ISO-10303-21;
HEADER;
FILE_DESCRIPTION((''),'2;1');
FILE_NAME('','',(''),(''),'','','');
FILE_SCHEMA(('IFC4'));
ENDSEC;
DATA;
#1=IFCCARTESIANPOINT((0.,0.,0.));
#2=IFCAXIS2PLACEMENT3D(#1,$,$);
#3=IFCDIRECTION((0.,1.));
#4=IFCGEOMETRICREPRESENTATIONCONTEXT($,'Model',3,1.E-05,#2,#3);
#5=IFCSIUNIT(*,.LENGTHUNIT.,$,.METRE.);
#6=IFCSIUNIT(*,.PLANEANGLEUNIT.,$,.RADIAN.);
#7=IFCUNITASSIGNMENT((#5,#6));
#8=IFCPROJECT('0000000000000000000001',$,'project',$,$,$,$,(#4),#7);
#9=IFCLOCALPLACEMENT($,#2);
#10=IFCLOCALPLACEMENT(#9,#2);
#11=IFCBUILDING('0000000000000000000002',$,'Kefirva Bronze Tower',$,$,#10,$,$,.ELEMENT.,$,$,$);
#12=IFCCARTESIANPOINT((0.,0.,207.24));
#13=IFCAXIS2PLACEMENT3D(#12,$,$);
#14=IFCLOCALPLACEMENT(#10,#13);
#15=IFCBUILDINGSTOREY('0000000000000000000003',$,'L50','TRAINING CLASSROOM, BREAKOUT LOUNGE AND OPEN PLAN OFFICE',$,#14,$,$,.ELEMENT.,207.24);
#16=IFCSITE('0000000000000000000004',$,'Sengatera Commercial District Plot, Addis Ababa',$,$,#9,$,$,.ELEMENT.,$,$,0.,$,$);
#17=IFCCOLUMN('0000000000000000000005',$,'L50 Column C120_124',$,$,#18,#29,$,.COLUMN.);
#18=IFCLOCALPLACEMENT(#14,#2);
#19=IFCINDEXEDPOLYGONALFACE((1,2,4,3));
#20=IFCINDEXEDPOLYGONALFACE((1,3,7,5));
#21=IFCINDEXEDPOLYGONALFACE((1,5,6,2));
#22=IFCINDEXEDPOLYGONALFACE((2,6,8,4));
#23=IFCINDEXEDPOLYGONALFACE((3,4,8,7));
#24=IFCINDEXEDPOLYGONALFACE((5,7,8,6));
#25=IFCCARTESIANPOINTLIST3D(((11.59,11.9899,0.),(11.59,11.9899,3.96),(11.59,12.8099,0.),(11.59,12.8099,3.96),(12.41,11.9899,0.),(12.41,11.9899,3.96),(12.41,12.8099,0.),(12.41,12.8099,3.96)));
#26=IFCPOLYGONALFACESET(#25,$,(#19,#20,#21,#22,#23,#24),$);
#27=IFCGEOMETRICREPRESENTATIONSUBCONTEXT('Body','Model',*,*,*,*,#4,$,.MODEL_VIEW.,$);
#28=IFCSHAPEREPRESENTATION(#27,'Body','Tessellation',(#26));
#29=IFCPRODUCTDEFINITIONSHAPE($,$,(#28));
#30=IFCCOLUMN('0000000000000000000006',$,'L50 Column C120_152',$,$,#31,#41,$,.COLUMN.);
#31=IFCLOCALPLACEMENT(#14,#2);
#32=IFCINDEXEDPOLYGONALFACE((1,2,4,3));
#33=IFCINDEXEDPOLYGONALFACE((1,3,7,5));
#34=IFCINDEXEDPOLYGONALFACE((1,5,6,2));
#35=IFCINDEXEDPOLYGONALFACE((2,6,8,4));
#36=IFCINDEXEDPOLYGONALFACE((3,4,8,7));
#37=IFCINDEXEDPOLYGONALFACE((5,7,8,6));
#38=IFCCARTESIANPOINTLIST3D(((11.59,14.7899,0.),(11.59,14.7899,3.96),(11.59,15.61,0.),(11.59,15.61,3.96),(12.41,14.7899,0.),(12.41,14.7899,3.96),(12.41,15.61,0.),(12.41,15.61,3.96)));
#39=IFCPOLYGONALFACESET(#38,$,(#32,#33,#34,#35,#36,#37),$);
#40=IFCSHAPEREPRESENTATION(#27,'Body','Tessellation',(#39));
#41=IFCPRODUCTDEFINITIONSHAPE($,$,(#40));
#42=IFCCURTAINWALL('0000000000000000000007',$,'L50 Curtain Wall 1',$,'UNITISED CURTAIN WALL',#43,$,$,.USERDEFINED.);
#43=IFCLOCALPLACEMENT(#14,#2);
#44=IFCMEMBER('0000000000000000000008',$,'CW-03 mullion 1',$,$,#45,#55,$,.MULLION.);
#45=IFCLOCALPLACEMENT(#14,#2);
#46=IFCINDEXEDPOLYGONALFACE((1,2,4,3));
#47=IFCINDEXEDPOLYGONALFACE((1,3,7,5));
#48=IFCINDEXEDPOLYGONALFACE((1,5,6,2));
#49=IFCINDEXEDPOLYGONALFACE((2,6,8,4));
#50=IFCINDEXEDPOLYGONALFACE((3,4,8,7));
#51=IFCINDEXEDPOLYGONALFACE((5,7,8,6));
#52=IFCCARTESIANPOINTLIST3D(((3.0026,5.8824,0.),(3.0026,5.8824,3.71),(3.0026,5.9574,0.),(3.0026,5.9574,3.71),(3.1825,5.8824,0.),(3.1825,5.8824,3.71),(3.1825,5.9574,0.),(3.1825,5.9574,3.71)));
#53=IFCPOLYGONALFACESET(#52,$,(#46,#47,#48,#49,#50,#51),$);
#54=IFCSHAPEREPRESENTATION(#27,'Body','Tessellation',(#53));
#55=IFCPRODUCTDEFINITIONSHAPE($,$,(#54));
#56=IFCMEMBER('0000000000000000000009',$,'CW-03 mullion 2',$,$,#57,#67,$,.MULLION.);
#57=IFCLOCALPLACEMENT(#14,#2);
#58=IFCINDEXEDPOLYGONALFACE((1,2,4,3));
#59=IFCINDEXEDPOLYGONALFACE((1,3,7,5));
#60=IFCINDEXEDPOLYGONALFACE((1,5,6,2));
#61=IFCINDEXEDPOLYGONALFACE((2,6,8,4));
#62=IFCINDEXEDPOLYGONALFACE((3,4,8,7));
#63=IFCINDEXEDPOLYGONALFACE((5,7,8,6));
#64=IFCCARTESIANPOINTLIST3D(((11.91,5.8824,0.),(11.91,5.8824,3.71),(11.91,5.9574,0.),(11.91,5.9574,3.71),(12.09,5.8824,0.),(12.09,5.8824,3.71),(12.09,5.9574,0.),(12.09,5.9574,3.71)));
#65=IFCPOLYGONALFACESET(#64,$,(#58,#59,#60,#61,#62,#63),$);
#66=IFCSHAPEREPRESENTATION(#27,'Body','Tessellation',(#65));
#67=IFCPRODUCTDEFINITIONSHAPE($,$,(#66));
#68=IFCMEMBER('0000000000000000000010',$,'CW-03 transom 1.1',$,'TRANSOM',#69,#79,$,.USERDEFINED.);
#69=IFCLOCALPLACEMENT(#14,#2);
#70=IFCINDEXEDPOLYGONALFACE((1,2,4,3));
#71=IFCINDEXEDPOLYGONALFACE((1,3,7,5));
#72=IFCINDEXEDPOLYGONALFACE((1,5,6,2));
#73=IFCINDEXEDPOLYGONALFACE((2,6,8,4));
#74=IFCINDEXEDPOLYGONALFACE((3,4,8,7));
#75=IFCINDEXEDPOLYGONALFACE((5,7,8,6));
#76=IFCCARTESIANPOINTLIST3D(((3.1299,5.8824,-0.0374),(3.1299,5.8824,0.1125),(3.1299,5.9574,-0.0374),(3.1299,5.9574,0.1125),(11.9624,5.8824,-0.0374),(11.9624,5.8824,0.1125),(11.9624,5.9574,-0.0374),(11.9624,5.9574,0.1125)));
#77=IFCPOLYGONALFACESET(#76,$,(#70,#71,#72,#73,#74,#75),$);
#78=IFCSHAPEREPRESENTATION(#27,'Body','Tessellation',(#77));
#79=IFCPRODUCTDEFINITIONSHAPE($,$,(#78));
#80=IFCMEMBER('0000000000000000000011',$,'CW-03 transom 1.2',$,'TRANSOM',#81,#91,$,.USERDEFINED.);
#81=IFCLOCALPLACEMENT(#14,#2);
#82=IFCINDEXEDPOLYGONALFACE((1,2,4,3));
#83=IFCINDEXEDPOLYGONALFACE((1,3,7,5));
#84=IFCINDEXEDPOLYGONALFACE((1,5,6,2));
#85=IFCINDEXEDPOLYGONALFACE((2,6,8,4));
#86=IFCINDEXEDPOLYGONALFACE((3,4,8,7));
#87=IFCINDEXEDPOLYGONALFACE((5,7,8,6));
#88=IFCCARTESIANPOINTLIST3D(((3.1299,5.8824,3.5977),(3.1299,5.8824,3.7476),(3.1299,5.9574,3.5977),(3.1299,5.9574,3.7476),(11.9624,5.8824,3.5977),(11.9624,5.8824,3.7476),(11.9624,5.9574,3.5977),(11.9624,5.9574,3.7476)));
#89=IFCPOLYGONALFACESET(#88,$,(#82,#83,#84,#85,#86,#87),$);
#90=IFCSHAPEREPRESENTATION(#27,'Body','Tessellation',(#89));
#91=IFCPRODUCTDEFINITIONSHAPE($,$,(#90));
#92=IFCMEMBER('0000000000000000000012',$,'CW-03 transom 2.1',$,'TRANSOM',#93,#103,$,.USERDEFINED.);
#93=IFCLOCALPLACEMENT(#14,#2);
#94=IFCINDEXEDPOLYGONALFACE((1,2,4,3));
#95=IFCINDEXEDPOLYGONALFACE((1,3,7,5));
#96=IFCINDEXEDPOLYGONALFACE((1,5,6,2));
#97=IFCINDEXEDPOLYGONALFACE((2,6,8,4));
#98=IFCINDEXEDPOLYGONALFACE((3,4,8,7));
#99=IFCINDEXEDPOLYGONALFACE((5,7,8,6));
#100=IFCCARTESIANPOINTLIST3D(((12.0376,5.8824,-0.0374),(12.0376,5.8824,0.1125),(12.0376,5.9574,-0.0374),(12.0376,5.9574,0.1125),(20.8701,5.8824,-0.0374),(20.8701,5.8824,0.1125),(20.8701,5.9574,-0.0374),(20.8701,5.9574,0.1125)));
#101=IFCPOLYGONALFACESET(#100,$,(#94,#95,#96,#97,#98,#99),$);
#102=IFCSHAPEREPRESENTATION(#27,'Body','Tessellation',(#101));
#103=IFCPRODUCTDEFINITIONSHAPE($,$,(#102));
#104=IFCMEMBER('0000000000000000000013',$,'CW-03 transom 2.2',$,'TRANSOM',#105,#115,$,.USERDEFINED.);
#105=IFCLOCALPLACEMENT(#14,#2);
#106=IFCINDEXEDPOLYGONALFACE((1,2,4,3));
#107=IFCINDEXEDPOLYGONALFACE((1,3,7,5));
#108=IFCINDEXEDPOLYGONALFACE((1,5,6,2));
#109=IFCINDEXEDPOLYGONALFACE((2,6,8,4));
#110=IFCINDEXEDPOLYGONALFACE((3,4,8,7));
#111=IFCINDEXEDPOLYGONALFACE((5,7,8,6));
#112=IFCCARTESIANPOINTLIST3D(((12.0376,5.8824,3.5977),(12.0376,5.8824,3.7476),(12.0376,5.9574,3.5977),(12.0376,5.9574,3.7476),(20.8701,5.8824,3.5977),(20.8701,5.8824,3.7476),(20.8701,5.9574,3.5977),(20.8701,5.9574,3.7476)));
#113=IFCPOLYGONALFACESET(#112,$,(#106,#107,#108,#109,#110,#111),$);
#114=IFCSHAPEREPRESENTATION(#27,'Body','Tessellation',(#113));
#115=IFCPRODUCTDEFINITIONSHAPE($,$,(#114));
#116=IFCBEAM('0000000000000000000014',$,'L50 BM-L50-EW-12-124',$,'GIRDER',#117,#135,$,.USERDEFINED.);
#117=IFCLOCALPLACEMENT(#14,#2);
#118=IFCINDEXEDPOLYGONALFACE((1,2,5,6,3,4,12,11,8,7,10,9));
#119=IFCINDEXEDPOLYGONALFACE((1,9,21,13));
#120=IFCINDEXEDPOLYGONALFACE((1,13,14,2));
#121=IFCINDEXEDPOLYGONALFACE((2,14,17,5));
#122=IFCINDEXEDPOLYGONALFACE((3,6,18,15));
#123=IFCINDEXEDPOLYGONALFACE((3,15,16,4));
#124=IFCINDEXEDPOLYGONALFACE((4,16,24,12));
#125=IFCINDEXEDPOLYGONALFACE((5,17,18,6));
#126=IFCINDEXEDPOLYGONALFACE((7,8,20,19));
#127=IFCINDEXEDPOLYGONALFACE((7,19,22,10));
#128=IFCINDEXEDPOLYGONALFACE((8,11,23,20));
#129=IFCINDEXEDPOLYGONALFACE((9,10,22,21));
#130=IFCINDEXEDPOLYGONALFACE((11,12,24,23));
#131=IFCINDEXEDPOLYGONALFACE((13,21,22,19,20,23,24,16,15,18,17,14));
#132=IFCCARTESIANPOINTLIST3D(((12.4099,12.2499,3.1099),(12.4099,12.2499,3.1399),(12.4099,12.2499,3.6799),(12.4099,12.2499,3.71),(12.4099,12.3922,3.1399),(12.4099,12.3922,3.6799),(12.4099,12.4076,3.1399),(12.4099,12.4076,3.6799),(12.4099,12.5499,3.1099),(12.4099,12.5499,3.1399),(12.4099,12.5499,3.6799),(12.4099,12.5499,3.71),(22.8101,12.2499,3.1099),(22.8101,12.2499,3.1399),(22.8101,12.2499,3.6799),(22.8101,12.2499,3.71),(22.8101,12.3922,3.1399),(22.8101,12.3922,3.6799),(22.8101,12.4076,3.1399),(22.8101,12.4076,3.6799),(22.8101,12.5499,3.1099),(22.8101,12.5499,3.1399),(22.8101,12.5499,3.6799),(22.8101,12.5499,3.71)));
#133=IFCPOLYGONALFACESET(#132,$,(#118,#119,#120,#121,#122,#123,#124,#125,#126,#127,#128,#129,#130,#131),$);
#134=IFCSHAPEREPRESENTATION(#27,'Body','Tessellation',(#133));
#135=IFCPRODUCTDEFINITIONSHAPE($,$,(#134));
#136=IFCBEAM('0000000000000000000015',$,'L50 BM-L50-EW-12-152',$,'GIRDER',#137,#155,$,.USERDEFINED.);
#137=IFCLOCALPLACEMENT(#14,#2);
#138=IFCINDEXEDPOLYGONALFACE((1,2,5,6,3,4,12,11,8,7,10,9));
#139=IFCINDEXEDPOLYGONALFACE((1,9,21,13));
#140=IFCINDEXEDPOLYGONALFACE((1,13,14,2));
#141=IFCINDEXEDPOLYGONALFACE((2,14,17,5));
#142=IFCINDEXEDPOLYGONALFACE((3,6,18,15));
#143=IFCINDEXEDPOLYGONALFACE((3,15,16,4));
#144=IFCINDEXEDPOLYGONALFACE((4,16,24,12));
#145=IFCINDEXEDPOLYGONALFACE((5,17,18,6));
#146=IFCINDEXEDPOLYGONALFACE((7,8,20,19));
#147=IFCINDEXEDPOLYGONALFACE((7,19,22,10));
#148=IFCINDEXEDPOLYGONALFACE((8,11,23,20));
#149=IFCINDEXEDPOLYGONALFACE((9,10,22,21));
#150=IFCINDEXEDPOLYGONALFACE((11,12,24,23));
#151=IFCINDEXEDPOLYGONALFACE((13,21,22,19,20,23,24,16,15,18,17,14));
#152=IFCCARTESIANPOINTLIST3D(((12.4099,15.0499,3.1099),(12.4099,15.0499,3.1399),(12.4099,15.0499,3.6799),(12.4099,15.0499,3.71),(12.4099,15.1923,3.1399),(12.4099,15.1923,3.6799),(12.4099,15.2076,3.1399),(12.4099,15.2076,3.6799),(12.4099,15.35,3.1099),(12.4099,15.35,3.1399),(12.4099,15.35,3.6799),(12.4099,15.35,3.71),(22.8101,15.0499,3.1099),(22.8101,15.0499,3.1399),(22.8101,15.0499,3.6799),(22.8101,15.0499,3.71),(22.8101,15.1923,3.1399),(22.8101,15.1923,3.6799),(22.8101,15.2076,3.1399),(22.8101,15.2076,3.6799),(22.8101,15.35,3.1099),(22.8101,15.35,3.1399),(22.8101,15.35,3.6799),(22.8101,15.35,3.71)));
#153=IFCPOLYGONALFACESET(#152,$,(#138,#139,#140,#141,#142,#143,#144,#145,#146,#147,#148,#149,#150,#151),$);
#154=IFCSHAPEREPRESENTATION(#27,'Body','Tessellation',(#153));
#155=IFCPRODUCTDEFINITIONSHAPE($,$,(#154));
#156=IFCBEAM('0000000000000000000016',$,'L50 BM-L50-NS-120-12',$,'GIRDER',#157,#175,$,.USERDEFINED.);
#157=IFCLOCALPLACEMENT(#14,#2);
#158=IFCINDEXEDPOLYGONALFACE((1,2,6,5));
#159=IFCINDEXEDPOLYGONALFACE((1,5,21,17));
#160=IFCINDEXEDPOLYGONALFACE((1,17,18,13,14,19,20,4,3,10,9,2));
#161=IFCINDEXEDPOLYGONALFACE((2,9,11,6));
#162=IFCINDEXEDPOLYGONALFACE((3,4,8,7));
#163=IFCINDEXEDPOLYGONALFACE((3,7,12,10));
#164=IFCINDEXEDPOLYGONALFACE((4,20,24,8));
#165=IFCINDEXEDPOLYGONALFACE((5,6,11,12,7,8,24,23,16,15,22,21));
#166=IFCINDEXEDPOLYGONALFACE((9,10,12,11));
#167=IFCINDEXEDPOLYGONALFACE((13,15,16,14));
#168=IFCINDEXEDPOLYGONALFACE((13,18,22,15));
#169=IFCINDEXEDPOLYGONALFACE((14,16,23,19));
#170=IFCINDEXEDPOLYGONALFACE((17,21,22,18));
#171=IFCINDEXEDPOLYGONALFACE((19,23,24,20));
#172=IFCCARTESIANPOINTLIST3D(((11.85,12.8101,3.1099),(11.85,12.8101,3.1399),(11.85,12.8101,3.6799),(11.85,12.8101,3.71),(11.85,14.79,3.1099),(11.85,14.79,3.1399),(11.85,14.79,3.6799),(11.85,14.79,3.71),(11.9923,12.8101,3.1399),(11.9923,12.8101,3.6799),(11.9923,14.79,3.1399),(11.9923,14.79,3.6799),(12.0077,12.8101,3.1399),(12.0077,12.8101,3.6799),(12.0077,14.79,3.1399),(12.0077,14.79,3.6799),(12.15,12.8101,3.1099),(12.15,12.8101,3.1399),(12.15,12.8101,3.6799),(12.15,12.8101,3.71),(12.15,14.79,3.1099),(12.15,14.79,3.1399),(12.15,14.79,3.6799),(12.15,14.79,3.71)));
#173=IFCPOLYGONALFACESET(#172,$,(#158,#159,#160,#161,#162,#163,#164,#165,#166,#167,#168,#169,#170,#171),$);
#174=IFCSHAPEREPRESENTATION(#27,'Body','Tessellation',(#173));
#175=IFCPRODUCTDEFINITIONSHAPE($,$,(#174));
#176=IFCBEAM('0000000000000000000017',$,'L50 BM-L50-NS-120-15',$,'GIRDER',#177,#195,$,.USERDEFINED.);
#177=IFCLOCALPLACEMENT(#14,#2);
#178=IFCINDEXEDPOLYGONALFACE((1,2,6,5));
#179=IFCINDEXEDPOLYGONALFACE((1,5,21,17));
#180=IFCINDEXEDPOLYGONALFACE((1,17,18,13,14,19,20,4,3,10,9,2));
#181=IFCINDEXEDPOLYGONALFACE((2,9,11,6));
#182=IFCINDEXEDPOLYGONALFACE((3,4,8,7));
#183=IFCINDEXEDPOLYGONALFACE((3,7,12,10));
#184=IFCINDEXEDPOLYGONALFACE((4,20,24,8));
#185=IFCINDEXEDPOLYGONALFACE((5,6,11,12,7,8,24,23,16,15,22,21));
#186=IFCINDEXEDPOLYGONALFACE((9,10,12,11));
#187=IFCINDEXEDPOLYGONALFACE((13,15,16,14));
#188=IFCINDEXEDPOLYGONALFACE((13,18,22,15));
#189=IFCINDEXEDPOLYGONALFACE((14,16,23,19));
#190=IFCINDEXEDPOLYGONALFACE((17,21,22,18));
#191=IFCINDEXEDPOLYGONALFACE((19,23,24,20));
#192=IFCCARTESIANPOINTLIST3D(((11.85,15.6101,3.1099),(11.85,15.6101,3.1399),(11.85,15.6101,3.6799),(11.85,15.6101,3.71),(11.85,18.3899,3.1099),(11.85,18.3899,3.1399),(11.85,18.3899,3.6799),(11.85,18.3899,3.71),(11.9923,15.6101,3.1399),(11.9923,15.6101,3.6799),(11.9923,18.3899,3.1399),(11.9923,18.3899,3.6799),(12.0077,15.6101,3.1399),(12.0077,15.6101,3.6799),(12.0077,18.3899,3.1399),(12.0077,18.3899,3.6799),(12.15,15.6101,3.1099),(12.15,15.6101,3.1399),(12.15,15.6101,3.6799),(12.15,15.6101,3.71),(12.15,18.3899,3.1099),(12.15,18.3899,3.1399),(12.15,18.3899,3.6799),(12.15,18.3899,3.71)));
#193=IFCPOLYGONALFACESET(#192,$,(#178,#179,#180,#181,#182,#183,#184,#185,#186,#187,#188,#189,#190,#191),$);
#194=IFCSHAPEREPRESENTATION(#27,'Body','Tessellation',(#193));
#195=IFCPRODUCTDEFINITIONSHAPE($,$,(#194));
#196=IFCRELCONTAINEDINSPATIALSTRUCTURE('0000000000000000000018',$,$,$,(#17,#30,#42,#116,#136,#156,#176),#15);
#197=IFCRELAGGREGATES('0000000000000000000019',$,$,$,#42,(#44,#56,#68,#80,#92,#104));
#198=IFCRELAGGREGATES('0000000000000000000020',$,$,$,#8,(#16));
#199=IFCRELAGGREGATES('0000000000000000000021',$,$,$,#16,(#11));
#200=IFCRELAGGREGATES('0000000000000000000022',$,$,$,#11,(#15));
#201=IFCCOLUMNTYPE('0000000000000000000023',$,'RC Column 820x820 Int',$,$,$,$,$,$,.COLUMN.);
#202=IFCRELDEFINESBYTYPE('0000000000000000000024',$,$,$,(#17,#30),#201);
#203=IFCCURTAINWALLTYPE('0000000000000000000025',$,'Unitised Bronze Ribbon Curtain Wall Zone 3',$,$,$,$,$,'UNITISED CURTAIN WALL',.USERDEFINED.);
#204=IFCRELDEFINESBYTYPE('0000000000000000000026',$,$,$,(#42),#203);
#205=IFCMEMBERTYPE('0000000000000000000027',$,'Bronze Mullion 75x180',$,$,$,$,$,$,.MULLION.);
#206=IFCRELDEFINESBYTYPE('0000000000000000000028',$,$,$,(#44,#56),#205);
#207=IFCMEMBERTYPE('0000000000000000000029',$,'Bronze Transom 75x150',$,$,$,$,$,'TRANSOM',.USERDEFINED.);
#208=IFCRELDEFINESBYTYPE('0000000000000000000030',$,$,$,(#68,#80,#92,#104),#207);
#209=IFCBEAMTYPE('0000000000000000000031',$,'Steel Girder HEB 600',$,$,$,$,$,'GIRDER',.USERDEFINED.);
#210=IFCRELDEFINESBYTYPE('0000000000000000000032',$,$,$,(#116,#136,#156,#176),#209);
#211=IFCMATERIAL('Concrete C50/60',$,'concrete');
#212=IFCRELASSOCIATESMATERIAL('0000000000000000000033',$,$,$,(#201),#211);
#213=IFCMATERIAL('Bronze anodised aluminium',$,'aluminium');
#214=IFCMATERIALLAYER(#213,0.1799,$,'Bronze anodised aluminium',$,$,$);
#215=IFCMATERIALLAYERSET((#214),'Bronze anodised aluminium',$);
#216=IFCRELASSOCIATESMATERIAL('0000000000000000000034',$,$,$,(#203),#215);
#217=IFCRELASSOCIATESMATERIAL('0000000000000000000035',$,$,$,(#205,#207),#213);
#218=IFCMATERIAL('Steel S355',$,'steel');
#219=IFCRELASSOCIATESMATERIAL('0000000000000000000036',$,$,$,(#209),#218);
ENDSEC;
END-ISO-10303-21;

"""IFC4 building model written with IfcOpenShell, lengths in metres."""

from ifc_helpers import new_model, si_unit, direction, frame, origin, origin_2d, place, context, subcontext, project, spatial, rectangle, i_section, extrude, material, layer, layer_set, material_profile, profile_set, type_object, element, aggregate, save


model = new_model("IFC4")

# Units and contexts
model_context = context("Model", 3, precision=1e-05, world=origin(), true_north=direction((0.0, 1.0)))
body_context = subcontext(model_context, "Body", "Model", "MODEL_VIEW")
ifc_project = project(units=[si_unit("LENGTHUNIT", "METRE"), si_unit("PLANEANGLEUNIT", "RADIAN")], contexts=[model_context])

# Site, building, storey
site_placement = place(None, origin())
site = spatial("IfcSite", under=ifc_project, at=site_placement, Name="Sengatera Commercial District Plot, Addis Ababa", CompositionType="ELEMENT", RefElevation=0.0)
building_placement = place(site_placement, origin())
building = spatial("IfcBuilding", under=site, at=building_placement, Name="Kefirva Bronze Tower", CompositionType="ELEMENT")
storey_placement = place(building_placement, frame((0.0, 0.0, 207.24)))
storey = spatial("IfcBuildingStorey", under=building, at=storey_placement, Name="L50", Description="TRAINING CLASSROOM, BREAKOUT LOUNGE AND OPEN PLAN OFFICE", CompositionType="ELEMENT", Elevation=207.24)

# Columns
ifc_material_1 = material(Name="Concrete C50/60", Category="concrete")
ifc_material_profile_1 = material_profile(ifc_material_1, rectangle(XDim=0.8201, YDim=0.8201, at=origin_2d()), Name="RC 820x820")
ifc_profile_set_1 = profile_set([ifc_material_profile_1], Name="Concrete C50/60")
column_type = type_object("IfcColumnType", Name="RC Column 820x820 Int", PredefinedType="COLUMN", material=ifc_profile_set_1)
for number, where, z_axis, x_axis, name in (
    (1, (12.0, 12.3999, 0.0), (0.0, 0.0, 1.0), (1.0, 0.0, 0.0), "L50 Column C120_124"),
    (2, (12.0, 15.2, 0.0), (0.0, 0.0, 1.0), (1.0, 0.0, 0.0), "L50 Column C120_152"),
):
    element("IfcColumn", number, at=place(storey_placement, frame(where, z_axis=z_axis, x_axis=x_axis)), inside=storey, type_object=column_type, Name=name, PredefinedType="COLUMN", context=body_context, shape_type="SweptSolid", body=[
        extrude(rectangle(XDim=0.8201, YDim=0.8201, at=origin_2d()), origin(), (0.0, 0.0, 1.0), 3.96),
    ])

# Curtain wall, members
ifc_material_2 = material(Name="Bronze anodised aluminium", Category="aluminium")
ifc_layer_1 = layer(ifc_material_2, 0.1799, Name="Bronze anodised aluminium")
ifc_layer_set_1 = layer_set([ifc_layer_1], Name="Bronze anodised aluminium")
curtain_wall_type = type_object("IfcCurtainWallType", Name="Unitised Bronze Ribbon Curtain Wall Zone 3", ElementType="UNITISED CURTAIN WALL", PredefinedType="USERDEFINED", material=ifc_layer_set_1)
curtain_wall_placement = place(storey_placement, origin())
curtain_wall = element("IfcCurtainWall", 3, at=curtain_wall_placement, inside=storey, type_object=curtain_wall_type, Name="L50 Curtain Wall 1", ObjectType="UNITISED CURTAIN WALL", PredefinedType="USERDEFINED")
ifc_material_profile_2 = material_profile(ifc_material_2, rectangle(XDim=0.075, YDim=0.1799, at=origin_2d()), Name="ALU 75x180")
ifc_profile_set_2 = profile_set([ifc_material_profile_2], Name="Bronze anodised aluminium")
member_type_1 = type_object("IfcMemberType", Name="Bronze Mullion 75x180", PredefinedType="MULLION", material=ifc_profile_set_2)
member_1_placement = place(storey_placement, frame((3.0925, 5.9199, 0.0), z_axis=(0.0, 0.0, 1.0), x_axis=(0.0, 1.0, 0.0)))
member_1 = element("IfcMember", 4, at=member_1_placement, type_object=member_type_1, Name="CW-03 mullion 1", PredefinedType="MULLION", context=body_context, shape_type="SweptSolid", body=[
    extrude(rectangle(XDim=0.075, YDim=0.1799, at=origin_2d()), origin(), (0.0, 0.0, 1.0), 3.71),
])
member_2_placement = place(storey_placement, frame((12.0, 5.9199, 0.0), z_axis=(0.0, 0.0, 1.0), x_axis=(0.0, 1.0, 0.0)))
member_2 = element("IfcMember", 5, at=member_2_placement, type_object=member_type_1, Name="CW-03 mullion 2", PredefinedType="MULLION", context=body_context, shape_type="SweptSolid", body=[
    extrude(rectangle(XDim=0.075, YDim=0.1799, at=origin_2d()), origin(), (0.0, 0.0, 1.0), 3.71),
])
ifc_material_profile_3 = material_profile(ifc_material_2, rectangle(XDim=0.075, YDim=0.1499, at=origin_2d()), Name="ALU 75x150")
ifc_profile_set_3 = profile_set([ifc_material_profile_3], Name="Bronze anodised aluminium")
member_type_2 = type_object("IfcMemberType", Name="Bronze Transom 75x150", ElementType="TRANSOM", PredefinedType="USERDEFINED", material=ifc_profile_set_3)
member_3_placement = place(storey_placement, frame((3.1299, 5.9199, 0.0376), z_axis=(1.0, 0.0, 0.0), x_axis=(0.0, 1.0, 0.0)))
member_3 = element("IfcMember", 6, at=member_3_placement, type_object=member_type_2, Name="CW-03 transom 1.1", ObjectType="TRANSOM", PredefinedType="USERDEFINED", context=body_context, shape_type="SweptSolid", body=[
    extrude(rectangle(XDim=0.075, YDim=0.1499, at=origin_2d()), origin(), (0.0, 0.0, 1.0), 8.8325),
])
member_4_placement = place(storey_placement, frame((3.1299, 5.9199, 3.6726), z_axis=(1.0, 0.0, 0.0), x_axis=(0.0, 1.0, 0.0)))
member_4 = element("IfcMember", 7, at=member_4_placement, type_object=member_type_2, Name="CW-03 transom 1.2", ObjectType="TRANSOM", PredefinedType="USERDEFINED", context=body_context, shape_type="SweptSolid", body=[
    extrude(rectangle(XDim=0.075, YDim=0.1499, at=origin_2d()), origin(), (0.0, 0.0, 1.0), 8.8325),
])
member_5_placement = place(storey_placement, frame((12.0376, 5.9199, 0.0376), z_axis=(1.0, 0.0, 0.0), x_axis=(0.0, 1.0, 0.0)))
member_5 = element("IfcMember", 8, at=member_5_placement, type_object=member_type_2, Name="CW-03 transom 2.1", ObjectType="TRANSOM", PredefinedType="USERDEFINED", context=body_context, shape_type="SweptSolid", body=[
    extrude(rectangle(XDim=0.075, YDim=0.1499, at=origin_2d()), origin(), (0.0, 0.0, 1.0), 8.8325),
])
member_6_placement = place(storey_placement, frame((12.0376, 5.9199, 3.6726), z_axis=(1.0, 0.0, 0.0), x_axis=(0.0, 1.0, 0.0)))
member_6 = element("IfcMember", 9, at=member_6_placement, type_object=member_type_2, Name="CW-03 transom 2.2", ObjectType="TRANSOM", PredefinedType="USERDEFINED", context=body_context, shape_type="SweptSolid", body=[
    extrude(rectangle(XDim=0.075, YDim=0.1499, at=origin_2d()), origin(), (0.0, 0.0, 1.0), 8.8325),
])

# Beams
ifc_material_3 = material(Name="Steel S355", Category="steel")
ifc_material_profile_4 = material_profile(ifc_material_3, i_section(OverallWidth=0.3, OverallDepth=0.6001, WebThickness=0.0154, FlangeThickness=0.03, at=origin_2d()), Name="HEB 600")
ifc_profile_set_4 = profile_set([ifc_material_profile_4], Name="Steel S355")
beam_type = type_object("IfcBeamType", Name="Steel Girder HEB 600", ElementType="GIRDER", PredefinedType="USERDEFINED", material=ifc_profile_set_4)
for number, where, z_axis, x_axis, name in (
    (10, (12.4099, 12.3999, 3.4099), (1.0, 0.0, 0.0), (0.0, 1.0, 0.0), "L50 BM-L50-EW-12-124"),
    (11, (12.4099, 15.2, 3.4099), (1.0, 0.0, 0.0), (0.0, 1.0, 0.0), "L50 BM-L50-EW-12-152"),
):
    element("IfcBeam", number, at=place(storey_placement, frame(where, z_axis=z_axis, x_axis=x_axis)), inside=storey, type_object=beam_type, Name=name, ObjectType="GIRDER", PredefinedType="USERDEFINED", context=body_context, shape_type="SweptSolid", body=[
        extrude(i_section(OverallWidth=0.3, OverallDepth=0.6001, WebThickness=0.0154, FlangeThickness=0.03, at=origin_2d()), origin(), (0.0, 0.0, 1.0), 10.4001),
    ])
beam_1_placement = place(storey_placement, frame((12.0, 12.8101, 3.4099), z_axis=(0.0, 1.0, 0.0), x_axis=(-1.0, 0.0, 0.0)))
element("IfcBeam", 12, at=beam_1_placement, inside=storey, type_object=beam_type, Name="L50 BM-L50-NS-120-12", ObjectType="GIRDER", PredefinedType="USERDEFINED", context=body_context, shape_type="SweptSolid", body=[
    extrude(i_section(OverallWidth=0.3, OverallDepth=0.6001, WebThickness=0.0154, FlangeThickness=0.03, at=origin_2d()), origin(), (0.0, 0.0, 1.0), 1.98),
])
beam_2_placement = place(storey_placement, frame((12.0, 15.6101, 3.4099), z_axis=(0.0, 1.0, 0.0), x_axis=(-1.0, 0.0, 0.0)))
element("IfcBeam", 13, at=beam_2_placement, inside=storey, type_object=beam_type, Name="L50 BM-L50-NS-120-15", ObjectType="GIRDER", PredefinedType="USERDEFINED", context=body_context, shape_type="SweptSolid", body=[
    extrude(i_section(OverallWidth=0.3, OverallDepth=0.6001, WebThickness=0.0154, FlangeThickness=0.03, at=origin_2d()), origin(), (0.0, 0.0, 1.0), 2.7798),
])

aggregate(curtain_wall, [member_1, member_2, member_3, member_4, member_5, member_6])

save(model, "model.ifc")
